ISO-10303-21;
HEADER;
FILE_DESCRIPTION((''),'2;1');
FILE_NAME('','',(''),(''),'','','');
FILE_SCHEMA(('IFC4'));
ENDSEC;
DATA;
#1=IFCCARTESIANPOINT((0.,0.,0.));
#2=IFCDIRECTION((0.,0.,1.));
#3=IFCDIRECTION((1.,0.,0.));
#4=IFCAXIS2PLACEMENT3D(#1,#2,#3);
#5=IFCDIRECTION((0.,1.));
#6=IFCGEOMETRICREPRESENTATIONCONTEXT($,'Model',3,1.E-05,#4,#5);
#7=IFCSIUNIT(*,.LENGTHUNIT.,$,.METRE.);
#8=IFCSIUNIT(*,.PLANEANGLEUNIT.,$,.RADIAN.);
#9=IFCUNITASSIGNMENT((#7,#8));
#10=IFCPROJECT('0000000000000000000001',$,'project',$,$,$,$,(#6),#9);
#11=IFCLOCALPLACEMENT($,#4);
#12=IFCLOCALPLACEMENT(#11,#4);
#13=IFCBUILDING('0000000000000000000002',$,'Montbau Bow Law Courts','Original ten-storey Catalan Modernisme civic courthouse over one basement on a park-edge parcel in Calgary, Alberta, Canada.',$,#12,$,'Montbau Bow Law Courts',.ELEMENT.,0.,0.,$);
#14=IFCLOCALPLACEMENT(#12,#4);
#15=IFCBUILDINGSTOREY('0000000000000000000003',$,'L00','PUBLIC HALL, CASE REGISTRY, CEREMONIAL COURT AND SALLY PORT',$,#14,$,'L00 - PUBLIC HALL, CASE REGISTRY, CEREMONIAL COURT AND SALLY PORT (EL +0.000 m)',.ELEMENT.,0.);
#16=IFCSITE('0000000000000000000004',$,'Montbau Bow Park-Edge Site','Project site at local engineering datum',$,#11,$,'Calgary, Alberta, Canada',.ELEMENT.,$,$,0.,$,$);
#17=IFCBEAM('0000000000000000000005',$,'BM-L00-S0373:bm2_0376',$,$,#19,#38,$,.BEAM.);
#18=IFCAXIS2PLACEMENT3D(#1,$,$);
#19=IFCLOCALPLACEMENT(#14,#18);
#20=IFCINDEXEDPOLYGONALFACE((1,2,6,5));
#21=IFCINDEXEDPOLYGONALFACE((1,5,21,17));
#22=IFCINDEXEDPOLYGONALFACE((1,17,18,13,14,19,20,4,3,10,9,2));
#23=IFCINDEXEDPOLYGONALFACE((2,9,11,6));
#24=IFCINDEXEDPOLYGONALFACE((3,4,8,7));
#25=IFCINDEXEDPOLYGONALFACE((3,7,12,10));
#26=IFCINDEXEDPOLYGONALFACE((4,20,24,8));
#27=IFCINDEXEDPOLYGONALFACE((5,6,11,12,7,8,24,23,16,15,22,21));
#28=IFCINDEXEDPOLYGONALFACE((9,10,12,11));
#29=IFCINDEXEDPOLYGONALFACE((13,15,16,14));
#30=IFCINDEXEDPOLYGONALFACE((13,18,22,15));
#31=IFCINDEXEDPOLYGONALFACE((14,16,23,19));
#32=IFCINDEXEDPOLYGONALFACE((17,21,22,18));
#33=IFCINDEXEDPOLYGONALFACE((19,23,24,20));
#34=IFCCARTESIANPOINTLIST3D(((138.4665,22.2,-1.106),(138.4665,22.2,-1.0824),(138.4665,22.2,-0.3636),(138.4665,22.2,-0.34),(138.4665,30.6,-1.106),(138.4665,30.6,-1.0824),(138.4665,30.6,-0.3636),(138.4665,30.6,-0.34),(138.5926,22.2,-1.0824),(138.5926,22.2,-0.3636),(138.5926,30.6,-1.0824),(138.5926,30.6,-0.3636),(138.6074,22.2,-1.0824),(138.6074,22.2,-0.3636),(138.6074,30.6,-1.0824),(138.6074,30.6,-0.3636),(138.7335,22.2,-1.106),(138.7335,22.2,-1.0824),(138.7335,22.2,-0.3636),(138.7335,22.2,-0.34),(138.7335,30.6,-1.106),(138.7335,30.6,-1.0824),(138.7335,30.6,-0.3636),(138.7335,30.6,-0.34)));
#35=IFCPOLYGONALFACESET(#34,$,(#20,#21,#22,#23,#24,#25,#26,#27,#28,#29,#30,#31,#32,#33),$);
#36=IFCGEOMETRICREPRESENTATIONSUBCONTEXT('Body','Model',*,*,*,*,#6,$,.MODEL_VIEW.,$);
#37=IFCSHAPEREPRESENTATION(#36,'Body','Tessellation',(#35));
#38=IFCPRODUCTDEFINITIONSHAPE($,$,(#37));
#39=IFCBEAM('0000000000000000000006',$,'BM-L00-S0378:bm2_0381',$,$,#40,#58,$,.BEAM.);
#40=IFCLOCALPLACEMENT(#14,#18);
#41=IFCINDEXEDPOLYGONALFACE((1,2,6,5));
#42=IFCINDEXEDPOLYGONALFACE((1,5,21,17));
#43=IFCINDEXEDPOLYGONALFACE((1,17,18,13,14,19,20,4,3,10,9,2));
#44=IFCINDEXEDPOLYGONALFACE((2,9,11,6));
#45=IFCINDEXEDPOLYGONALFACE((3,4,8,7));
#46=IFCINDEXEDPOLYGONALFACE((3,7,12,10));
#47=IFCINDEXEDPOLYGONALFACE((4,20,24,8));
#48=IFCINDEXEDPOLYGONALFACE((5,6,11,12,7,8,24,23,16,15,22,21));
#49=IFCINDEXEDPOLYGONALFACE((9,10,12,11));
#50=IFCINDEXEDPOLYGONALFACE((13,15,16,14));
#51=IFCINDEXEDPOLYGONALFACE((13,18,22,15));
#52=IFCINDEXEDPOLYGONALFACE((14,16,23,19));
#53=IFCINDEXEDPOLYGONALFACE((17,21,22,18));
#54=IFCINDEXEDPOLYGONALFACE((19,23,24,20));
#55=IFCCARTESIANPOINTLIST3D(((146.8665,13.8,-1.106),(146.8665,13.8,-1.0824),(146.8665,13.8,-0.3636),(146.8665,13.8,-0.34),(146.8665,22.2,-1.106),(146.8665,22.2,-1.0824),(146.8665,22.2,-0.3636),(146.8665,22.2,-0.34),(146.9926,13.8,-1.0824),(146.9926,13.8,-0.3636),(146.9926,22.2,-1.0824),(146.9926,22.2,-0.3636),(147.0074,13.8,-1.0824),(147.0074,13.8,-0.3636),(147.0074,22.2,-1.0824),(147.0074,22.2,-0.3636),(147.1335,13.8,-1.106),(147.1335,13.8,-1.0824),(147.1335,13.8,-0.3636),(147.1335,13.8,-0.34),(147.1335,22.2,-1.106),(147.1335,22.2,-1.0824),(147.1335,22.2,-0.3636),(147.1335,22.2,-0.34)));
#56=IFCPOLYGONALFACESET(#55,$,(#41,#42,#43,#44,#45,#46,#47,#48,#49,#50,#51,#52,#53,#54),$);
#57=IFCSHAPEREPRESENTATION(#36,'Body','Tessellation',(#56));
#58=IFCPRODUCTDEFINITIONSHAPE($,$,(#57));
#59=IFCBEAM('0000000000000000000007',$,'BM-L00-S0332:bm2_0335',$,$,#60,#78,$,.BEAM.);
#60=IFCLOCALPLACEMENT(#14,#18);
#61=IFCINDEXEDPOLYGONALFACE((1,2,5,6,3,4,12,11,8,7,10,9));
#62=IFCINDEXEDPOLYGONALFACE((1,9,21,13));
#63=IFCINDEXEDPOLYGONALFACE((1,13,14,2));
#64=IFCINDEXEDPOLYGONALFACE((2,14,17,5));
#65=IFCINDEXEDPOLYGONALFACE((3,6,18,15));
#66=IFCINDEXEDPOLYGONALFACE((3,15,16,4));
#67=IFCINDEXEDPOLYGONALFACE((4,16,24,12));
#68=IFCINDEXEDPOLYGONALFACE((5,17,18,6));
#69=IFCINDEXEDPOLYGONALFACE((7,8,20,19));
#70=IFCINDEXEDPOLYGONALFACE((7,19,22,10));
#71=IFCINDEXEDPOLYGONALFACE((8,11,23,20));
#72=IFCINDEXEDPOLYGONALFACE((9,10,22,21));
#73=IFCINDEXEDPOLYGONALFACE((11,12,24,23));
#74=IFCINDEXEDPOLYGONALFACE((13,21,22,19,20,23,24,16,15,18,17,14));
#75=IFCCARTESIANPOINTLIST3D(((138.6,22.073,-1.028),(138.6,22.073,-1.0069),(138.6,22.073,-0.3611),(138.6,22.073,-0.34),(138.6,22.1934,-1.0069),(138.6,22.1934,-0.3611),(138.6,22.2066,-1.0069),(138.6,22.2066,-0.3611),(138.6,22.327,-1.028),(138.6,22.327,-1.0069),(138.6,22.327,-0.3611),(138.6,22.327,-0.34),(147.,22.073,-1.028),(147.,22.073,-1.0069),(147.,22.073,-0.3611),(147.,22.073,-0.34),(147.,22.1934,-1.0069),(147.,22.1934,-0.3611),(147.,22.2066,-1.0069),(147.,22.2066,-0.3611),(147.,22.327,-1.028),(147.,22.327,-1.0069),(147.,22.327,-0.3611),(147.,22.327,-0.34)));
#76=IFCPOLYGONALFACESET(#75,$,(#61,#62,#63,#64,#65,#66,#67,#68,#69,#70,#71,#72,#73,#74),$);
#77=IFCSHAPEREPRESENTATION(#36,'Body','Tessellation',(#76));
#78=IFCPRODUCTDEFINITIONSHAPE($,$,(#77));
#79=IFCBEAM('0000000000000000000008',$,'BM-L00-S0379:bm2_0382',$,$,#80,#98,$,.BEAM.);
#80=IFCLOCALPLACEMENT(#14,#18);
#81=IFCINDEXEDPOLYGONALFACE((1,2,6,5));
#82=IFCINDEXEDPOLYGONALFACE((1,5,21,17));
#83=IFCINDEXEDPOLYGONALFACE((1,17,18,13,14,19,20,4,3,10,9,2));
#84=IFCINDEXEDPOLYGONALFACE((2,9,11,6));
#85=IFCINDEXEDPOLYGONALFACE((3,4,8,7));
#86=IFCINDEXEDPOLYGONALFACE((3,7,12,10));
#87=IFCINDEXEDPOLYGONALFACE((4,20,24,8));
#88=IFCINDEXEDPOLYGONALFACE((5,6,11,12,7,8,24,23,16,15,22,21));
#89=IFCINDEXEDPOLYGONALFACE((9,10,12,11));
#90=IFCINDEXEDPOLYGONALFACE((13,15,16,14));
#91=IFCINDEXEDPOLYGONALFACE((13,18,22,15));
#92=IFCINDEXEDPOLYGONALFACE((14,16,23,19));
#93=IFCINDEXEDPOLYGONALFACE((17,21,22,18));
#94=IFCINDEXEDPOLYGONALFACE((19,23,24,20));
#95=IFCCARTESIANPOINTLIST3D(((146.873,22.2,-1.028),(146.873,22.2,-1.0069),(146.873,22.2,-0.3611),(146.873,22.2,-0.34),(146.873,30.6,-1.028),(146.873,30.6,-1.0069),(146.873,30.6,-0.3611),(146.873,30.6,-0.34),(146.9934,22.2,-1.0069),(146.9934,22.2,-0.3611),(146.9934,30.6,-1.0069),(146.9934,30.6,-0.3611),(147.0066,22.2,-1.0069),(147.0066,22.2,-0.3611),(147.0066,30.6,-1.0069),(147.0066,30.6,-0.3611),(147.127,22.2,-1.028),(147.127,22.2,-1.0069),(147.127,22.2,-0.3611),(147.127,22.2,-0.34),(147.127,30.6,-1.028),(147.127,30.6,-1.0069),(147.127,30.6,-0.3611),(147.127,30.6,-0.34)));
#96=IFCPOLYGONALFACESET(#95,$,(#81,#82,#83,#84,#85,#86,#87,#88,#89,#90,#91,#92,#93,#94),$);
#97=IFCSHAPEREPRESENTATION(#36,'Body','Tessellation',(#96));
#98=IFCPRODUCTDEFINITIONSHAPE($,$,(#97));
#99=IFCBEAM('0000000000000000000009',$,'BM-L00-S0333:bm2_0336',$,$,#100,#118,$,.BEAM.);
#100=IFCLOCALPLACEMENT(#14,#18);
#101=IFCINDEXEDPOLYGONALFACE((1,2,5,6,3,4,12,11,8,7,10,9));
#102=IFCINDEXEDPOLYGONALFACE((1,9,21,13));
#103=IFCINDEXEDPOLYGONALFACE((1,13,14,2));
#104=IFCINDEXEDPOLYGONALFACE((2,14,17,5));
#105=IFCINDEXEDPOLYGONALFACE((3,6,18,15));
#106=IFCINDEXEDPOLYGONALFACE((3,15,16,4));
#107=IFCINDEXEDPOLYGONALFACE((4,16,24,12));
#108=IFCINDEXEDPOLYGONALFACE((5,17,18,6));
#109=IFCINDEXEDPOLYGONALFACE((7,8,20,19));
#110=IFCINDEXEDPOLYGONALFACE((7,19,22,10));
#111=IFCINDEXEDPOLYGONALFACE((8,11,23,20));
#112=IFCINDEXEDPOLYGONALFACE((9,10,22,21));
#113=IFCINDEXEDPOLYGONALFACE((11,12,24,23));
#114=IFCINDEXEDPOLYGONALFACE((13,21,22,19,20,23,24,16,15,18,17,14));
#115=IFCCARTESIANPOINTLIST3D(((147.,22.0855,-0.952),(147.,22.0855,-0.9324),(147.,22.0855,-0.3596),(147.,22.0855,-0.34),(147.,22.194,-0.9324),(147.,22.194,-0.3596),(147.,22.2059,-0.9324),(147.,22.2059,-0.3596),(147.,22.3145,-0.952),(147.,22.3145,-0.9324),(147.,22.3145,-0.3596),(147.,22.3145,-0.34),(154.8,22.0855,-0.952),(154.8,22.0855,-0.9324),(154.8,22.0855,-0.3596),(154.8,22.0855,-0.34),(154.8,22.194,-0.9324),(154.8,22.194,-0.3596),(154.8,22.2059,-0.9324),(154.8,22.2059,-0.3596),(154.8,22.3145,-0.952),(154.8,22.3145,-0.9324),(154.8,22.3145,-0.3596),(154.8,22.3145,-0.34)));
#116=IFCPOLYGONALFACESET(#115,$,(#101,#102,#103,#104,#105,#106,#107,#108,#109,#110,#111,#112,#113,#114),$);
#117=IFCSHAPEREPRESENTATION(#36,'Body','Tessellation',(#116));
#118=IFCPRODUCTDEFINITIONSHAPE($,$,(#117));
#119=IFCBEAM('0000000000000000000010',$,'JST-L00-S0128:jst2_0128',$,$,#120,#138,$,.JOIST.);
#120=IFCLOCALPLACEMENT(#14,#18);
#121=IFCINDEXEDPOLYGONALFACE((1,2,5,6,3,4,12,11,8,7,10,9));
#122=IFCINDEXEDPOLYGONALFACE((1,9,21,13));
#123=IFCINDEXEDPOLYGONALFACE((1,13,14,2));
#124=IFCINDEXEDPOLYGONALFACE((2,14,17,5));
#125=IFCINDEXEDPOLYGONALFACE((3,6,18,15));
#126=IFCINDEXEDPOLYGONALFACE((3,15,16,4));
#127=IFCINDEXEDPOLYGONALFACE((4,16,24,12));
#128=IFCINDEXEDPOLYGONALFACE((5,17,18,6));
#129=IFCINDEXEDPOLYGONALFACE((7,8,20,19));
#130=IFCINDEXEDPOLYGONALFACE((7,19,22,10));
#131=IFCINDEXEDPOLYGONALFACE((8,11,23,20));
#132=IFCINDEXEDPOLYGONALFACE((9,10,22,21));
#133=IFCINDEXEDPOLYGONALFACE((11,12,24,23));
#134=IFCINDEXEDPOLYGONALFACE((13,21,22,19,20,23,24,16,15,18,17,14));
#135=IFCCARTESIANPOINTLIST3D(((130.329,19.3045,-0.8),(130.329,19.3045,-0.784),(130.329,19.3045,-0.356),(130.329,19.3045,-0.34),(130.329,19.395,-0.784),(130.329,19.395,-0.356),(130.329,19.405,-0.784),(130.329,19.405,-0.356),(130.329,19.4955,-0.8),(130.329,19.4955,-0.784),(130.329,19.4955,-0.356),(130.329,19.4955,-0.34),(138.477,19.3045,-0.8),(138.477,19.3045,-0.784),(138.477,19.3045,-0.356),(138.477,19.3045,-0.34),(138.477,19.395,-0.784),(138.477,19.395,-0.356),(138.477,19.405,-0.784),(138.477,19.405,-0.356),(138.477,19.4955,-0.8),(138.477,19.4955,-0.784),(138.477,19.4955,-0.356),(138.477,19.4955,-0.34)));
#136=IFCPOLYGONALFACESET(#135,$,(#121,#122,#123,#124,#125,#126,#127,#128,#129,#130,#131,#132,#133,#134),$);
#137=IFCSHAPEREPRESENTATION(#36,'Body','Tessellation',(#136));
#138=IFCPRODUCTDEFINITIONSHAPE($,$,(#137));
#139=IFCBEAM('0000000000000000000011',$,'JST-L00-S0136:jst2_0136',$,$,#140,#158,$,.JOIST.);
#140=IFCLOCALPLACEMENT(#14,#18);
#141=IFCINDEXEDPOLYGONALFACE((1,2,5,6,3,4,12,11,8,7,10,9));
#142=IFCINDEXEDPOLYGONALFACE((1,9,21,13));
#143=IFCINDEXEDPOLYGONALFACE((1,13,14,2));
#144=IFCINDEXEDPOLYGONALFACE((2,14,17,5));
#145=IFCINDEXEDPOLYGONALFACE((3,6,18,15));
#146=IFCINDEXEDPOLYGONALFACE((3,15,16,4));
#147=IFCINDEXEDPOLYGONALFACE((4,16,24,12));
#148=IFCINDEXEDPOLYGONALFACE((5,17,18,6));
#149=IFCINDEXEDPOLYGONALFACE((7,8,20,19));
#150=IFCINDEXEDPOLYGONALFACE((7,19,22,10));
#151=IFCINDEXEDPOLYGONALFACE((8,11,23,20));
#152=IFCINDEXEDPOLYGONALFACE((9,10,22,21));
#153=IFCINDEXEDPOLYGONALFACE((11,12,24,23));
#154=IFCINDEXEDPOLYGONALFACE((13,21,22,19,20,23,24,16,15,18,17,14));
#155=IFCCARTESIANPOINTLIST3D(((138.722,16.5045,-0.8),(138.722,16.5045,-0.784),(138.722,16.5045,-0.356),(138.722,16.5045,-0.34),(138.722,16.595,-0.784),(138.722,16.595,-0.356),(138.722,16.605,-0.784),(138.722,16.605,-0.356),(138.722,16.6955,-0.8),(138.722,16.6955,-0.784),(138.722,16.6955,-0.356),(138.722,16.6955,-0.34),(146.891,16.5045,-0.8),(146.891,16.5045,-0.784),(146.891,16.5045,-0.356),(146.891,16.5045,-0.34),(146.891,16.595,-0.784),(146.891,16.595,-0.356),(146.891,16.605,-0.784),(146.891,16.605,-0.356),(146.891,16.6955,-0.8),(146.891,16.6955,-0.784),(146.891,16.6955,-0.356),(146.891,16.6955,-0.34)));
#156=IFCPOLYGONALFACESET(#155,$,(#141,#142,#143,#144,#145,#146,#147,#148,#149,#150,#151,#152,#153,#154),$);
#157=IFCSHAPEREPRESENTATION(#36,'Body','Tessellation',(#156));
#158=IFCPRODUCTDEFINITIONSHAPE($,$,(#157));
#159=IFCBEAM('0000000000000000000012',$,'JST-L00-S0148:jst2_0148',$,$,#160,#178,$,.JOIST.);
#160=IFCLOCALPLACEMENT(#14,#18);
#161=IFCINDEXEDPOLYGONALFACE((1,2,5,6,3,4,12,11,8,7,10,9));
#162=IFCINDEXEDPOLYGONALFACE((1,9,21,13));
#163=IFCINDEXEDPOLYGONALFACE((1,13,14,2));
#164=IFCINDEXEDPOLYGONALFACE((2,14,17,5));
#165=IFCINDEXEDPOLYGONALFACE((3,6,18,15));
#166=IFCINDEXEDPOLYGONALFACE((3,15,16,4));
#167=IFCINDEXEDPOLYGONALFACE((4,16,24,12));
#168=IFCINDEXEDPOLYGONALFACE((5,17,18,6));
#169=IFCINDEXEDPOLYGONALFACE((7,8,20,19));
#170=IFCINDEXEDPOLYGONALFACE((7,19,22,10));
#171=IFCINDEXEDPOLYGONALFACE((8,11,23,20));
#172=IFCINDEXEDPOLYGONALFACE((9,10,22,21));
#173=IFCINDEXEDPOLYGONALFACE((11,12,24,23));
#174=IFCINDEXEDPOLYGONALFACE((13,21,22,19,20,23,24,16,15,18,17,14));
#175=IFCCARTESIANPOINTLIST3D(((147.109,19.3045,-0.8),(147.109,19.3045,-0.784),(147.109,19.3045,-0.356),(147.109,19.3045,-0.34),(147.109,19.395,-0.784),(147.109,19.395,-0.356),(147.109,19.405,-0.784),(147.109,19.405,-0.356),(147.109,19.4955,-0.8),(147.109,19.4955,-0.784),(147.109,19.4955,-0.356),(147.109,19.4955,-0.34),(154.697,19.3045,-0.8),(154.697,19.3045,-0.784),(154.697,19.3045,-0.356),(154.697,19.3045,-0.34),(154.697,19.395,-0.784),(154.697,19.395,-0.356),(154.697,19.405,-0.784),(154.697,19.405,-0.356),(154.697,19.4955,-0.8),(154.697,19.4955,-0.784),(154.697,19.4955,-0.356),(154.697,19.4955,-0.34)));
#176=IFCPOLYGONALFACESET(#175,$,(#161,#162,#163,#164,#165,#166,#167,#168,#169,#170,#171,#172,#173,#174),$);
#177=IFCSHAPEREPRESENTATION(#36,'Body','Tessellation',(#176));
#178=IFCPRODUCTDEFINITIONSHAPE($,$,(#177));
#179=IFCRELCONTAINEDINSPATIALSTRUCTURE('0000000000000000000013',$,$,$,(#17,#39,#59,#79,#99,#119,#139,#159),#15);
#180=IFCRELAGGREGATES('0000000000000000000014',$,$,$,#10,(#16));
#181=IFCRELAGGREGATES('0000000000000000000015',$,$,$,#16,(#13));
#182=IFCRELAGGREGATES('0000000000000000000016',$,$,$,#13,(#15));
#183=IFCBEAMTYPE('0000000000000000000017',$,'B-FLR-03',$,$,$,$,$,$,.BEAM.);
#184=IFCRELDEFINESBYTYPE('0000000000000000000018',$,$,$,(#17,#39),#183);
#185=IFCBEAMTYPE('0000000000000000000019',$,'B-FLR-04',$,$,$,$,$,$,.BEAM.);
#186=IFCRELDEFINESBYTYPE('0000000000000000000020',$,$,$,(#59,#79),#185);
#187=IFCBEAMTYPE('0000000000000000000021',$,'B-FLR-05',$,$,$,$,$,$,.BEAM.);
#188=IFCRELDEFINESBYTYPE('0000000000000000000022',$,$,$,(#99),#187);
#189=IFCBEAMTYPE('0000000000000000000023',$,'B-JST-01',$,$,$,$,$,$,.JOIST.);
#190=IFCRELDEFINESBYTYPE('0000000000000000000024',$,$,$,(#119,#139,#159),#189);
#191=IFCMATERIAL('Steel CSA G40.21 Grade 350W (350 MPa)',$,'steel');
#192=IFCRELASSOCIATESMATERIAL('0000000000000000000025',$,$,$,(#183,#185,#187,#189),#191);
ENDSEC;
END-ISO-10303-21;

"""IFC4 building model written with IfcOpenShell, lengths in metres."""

from ifc_helpers import new_model, si_unit, direction, frame, origin_with_axes, origin_2d_with_axis, place, context, subcontext, project, spatial, i_section, extrude, material, material_profile, profile_set, type_object, element, save


model = new_model("IFC4")

# Units and contexts
model_context = context("Model", 3, precision=1e-05, world=origin_with_axes(), true_north=direction((0.0, 1.0)))
body_context = subcontext(model_context, "Body", "Model", "MODEL_VIEW")
ifc_project = project(units=[si_unit("LENGTHUNIT", "METRE"), si_unit("PLANEANGLEUNIT", "RADIAN")], contexts=[model_context])

# Site, building, storey
site_placement = place(None, origin_with_axes())
site = spatial("IfcSite", under=ifc_project, at=site_placement, Name="Montbau Bow Park-Edge Site", Description="Project site at local engineering datum", LongName="Calgary, Alberta, Canada", CompositionType="ELEMENT", RefElevation=0.0)
building_placement = place(site_placement, origin_with_axes())
building = spatial("IfcBuilding", under=site, at=building_placement, Name="Montbau Bow Law Courts", Description="Original ten-storey Catalan Modernisme civic courthouse over one basement on a park-edge parcel in Calgary, Alberta, Canada.", LongName="Montbau Bow Law Courts", CompositionType="ELEMENT", ElevationOfRefHeight=0.0, ElevationOfTerrain=0.0)
storey_placement = place(building_placement, origin_with_axes())
storey = spatial("IfcBuildingStorey", under=building, at=storey_placement, Name="L00", Description="PUBLIC HALL, CASE REGISTRY, CEREMONIAL COURT AND SALLY PORT", LongName="L00 - PUBLIC HALL, CASE REGISTRY, CEREMONIAL COURT AND SALLY PORT (EL +0.000 m)", CompositionType="ELEMENT", Elevation=0.0)

# Shared definitions
ifc_material_1 = material(Name="Steel CSA G40.21 Grade 350W (350 MPa)", Category="steel")

# Beams
ifc_material_profile_1 = material_profile(ifc_material_1, i_section(OverallWidth=0.267, OverallDepth=0.766, WebThickness=0.0149, FlangeThickness=0.0236, at=origin_2d_with_axis()), Name="W760X185", Category="Main", Priority=0)
ifc_profile_set_1 = profile_set([ifc_material_profile_1], Name="Steel CSA G40.21 Grade 350W (350 MPa)")
beam_type_1 = type_object("IfcBeamType", Name="B-FLR-03", PredefinedType="BEAM", material=ifc_profile_set_1)
for number, where, z_axis, x_axis, name in (
    (1, (138.6, 22.2, -0.723), (0.0, 1.0, 0.0), (-1.0, 0.0, 0.0), "BM-L00-S0373:bm2_0376"),
    (2, (147.0, 13.8, -0.723), (0.0, 1.0, 0.0), (-1.0, 0.0, 0.0), "BM-L00-S0378:bm2_0381"),
):
    element("IfcBeam", number, at=place(None, frame(where, z_axis=z_axis, x_axis=x_axis)), inside=storey, type_object=beam_type_1, Name=name, PredefinedType="BEAM", context=body_context, shape_type="SweptSolid", body=[
        extrude(i_section(OverallWidth=0.267, OverallDepth=0.766, WebThickness=0.0149, FlangeThickness=0.0236, at=origin_2d_with_axis()), origin_with_axes(), (0.0, 0.0, 1.0), 8.4),
    ])
ifc_material_profile_2 = material_profile(ifc_material_1, i_section(OverallWidth=0.254, OverallDepth=0.688, WebThickness=0.0131, FlangeThickness=0.0211, at=origin_2d_with_axis()), Name="W690X152", Category="Main", Priority=0)
ifc_profile_set_2 = profile_set([ifc_material_profile_2], Name="Steel CSA G40.21 Grade 350W (350 MPa)")
beam_type_2 = type_object("IfcBeamType", Name="B-FLR-04", PredefinedType="BEAM", material=ifc_profile_set_2)
for number, where, z_axis, x_axis, name in (
    (3, (138.6, 22.2, -0.684), (1.0, 0.0, 0.0), (0.0, 1.0, 0.0), "BM-L00-S0332:bm2_0335"),
    (4, (147.0, 22.2, -0.684), (0.0, 1.0, 0.0), (-1.0, 0.0, 0.0), "BM-L00-S0379:bm2_0382"),
):
    element("IfcBeam", number, at=place(None, frame(where, z_axis=z_axis, x_axis=x_axis)), inside=storey, type_object=beam_type_2, Name=name, PredefinedType="BEAM", context=body_context, shape_type="SweptSolid", body=[
        extrude(i_section(OverallWidth=0.254, OverallDepth=0.688, WebThickness=0.0131, FlangeThickness=0.0211, at=origin_2d_with_axis()), origin_with_axes(), (0.0, 0.0, 1.0), 8.4),
    ])
ifc_material_profile_3 = material_profile(ifc_material_1, i_section(OverallWidth=0.229, OverallDepth=0.612, WebThickness=0.0119, FlangeThickness=0.0196, at=origin_2d_with_axis()), Name="W610X125", Category="Main", Priority=0)
ifc_profile_set_3 = profile_set([ifc_material_profile_3], Name="Steel CSA G40.21 Grade 350W (350 MPa)")
beam_type_3 = type_object("IfcBeamType", Name="B-FLR-05", PredefinedType="BEAM", material=ifc_profile_set_3)
beam_1_placement = place(None, frame((147.0, 22.2, -0.646), z_axis=(1.0, 0.0, 0.0), x_axis=(0.0, 1.0, 0.0)))
element("IfcBeam", 5, at=beam_1_placement, inside=storey, type_object=beam_type_3, Name="BM-L00-S0333:bm2_0336", PredefinedType="BEAM", context=body_context, shape_type="SweptSolid", body=[
    extrude(i_section(OverallWidth=0.229, OverallDepth=0.612, WebThickness=0.0119, FlangeThickness=0.0196, at=origin_2d_with_axis()), origin_with_axes(), (0.0, 0.0, 1.0), 7.8),
])
ifc_material_profile_4 = material_profile(ifc_material_1, i_section(OverallWidth=0.191, OverallDepth=0.46, WebThickness=0.0099, FlangeThickness=0.016, at=origin_2d_with_axis()), Name="W460X82", Category="Main", Priority=0)
ifc_profile_set_4 = profile_set([ifc_material_profile_4], Name="Steel CSA G40.21 Grade 350W (350 MPa)")
beam_type_4 = type_object("IfcBeamType", Name="B-JST-01", PredefinedType="JOIST", material=ifc_profile_set_4)
beam_2_placement = place(None, frame((130.329, 19.4, -0.57), z_axis=(1.0, 0.0, 0.0), x_axis=(0.0, 1.0, 0.0)))
element("IfcBeam", 6, at=beam_2_placement, inside=storey, type_object=beam_type_4, Name="JST-L00-S0128:jst2_0128", PredefinedType="JOIST", context=body_context, shape_type="SweptSolid", body=[
    extrude(i_section(OverallWidth=0.191, OverallDepth=0.46, WebThickness=0.0099, FlangeThickness=0.016, at=origin_2d_with_axis()), origin_with_axes(), (0.0, 0.0, 1.0), 8.148),
])
beam_3_placement = place(None, frame((138.722, 16.6, -0.57), z_axis=(1.0, 0.0, 0.0), x_axis=(0.0, 1.0, 0.0)))
element("IfcBeam", 7, at=beam_3_placement, inside=storey, type_object=beam_type_4, Name="JST-L00-S0136:jst2_0136", PredefinedType="JOIST", context=body_context, shape_type="SweptSolid", body=[
    extrude(i_section(OverallWidth=0.191, OverallDepth=0.46, WebThickness=0.0099, FlangeThickness=0.016, at=origin_2d_with_axis()), origin_with_axes(), (0.0, 0.0, 1.0), 8.169),
])
beam_4_placement = place(None, frame((147.109, 19.4, -0.57), z_axis=(1.0, 0.0, 0.0), x_axis=(0.0, 1.0, 0.0)))
element("IfcBeam", 8, at=beam_4_placement, inside=storey, type_object=beam_type_4, Name="JST-L00-S0148:jst2_0148", PredefinedType="JOIST", context=body_context, shape_type="SweptSolid", body=[
    extrude(i_section(OverallWidth=0.191, OverallDepth=0.46, WebThickness=0.0099, FlangeThickness=0.016, at=origin_2d_with_axis()), origin_with_axes(), (0.0, 0.0, 1.0), 7.588),
])

save(model, "model.ifc")
